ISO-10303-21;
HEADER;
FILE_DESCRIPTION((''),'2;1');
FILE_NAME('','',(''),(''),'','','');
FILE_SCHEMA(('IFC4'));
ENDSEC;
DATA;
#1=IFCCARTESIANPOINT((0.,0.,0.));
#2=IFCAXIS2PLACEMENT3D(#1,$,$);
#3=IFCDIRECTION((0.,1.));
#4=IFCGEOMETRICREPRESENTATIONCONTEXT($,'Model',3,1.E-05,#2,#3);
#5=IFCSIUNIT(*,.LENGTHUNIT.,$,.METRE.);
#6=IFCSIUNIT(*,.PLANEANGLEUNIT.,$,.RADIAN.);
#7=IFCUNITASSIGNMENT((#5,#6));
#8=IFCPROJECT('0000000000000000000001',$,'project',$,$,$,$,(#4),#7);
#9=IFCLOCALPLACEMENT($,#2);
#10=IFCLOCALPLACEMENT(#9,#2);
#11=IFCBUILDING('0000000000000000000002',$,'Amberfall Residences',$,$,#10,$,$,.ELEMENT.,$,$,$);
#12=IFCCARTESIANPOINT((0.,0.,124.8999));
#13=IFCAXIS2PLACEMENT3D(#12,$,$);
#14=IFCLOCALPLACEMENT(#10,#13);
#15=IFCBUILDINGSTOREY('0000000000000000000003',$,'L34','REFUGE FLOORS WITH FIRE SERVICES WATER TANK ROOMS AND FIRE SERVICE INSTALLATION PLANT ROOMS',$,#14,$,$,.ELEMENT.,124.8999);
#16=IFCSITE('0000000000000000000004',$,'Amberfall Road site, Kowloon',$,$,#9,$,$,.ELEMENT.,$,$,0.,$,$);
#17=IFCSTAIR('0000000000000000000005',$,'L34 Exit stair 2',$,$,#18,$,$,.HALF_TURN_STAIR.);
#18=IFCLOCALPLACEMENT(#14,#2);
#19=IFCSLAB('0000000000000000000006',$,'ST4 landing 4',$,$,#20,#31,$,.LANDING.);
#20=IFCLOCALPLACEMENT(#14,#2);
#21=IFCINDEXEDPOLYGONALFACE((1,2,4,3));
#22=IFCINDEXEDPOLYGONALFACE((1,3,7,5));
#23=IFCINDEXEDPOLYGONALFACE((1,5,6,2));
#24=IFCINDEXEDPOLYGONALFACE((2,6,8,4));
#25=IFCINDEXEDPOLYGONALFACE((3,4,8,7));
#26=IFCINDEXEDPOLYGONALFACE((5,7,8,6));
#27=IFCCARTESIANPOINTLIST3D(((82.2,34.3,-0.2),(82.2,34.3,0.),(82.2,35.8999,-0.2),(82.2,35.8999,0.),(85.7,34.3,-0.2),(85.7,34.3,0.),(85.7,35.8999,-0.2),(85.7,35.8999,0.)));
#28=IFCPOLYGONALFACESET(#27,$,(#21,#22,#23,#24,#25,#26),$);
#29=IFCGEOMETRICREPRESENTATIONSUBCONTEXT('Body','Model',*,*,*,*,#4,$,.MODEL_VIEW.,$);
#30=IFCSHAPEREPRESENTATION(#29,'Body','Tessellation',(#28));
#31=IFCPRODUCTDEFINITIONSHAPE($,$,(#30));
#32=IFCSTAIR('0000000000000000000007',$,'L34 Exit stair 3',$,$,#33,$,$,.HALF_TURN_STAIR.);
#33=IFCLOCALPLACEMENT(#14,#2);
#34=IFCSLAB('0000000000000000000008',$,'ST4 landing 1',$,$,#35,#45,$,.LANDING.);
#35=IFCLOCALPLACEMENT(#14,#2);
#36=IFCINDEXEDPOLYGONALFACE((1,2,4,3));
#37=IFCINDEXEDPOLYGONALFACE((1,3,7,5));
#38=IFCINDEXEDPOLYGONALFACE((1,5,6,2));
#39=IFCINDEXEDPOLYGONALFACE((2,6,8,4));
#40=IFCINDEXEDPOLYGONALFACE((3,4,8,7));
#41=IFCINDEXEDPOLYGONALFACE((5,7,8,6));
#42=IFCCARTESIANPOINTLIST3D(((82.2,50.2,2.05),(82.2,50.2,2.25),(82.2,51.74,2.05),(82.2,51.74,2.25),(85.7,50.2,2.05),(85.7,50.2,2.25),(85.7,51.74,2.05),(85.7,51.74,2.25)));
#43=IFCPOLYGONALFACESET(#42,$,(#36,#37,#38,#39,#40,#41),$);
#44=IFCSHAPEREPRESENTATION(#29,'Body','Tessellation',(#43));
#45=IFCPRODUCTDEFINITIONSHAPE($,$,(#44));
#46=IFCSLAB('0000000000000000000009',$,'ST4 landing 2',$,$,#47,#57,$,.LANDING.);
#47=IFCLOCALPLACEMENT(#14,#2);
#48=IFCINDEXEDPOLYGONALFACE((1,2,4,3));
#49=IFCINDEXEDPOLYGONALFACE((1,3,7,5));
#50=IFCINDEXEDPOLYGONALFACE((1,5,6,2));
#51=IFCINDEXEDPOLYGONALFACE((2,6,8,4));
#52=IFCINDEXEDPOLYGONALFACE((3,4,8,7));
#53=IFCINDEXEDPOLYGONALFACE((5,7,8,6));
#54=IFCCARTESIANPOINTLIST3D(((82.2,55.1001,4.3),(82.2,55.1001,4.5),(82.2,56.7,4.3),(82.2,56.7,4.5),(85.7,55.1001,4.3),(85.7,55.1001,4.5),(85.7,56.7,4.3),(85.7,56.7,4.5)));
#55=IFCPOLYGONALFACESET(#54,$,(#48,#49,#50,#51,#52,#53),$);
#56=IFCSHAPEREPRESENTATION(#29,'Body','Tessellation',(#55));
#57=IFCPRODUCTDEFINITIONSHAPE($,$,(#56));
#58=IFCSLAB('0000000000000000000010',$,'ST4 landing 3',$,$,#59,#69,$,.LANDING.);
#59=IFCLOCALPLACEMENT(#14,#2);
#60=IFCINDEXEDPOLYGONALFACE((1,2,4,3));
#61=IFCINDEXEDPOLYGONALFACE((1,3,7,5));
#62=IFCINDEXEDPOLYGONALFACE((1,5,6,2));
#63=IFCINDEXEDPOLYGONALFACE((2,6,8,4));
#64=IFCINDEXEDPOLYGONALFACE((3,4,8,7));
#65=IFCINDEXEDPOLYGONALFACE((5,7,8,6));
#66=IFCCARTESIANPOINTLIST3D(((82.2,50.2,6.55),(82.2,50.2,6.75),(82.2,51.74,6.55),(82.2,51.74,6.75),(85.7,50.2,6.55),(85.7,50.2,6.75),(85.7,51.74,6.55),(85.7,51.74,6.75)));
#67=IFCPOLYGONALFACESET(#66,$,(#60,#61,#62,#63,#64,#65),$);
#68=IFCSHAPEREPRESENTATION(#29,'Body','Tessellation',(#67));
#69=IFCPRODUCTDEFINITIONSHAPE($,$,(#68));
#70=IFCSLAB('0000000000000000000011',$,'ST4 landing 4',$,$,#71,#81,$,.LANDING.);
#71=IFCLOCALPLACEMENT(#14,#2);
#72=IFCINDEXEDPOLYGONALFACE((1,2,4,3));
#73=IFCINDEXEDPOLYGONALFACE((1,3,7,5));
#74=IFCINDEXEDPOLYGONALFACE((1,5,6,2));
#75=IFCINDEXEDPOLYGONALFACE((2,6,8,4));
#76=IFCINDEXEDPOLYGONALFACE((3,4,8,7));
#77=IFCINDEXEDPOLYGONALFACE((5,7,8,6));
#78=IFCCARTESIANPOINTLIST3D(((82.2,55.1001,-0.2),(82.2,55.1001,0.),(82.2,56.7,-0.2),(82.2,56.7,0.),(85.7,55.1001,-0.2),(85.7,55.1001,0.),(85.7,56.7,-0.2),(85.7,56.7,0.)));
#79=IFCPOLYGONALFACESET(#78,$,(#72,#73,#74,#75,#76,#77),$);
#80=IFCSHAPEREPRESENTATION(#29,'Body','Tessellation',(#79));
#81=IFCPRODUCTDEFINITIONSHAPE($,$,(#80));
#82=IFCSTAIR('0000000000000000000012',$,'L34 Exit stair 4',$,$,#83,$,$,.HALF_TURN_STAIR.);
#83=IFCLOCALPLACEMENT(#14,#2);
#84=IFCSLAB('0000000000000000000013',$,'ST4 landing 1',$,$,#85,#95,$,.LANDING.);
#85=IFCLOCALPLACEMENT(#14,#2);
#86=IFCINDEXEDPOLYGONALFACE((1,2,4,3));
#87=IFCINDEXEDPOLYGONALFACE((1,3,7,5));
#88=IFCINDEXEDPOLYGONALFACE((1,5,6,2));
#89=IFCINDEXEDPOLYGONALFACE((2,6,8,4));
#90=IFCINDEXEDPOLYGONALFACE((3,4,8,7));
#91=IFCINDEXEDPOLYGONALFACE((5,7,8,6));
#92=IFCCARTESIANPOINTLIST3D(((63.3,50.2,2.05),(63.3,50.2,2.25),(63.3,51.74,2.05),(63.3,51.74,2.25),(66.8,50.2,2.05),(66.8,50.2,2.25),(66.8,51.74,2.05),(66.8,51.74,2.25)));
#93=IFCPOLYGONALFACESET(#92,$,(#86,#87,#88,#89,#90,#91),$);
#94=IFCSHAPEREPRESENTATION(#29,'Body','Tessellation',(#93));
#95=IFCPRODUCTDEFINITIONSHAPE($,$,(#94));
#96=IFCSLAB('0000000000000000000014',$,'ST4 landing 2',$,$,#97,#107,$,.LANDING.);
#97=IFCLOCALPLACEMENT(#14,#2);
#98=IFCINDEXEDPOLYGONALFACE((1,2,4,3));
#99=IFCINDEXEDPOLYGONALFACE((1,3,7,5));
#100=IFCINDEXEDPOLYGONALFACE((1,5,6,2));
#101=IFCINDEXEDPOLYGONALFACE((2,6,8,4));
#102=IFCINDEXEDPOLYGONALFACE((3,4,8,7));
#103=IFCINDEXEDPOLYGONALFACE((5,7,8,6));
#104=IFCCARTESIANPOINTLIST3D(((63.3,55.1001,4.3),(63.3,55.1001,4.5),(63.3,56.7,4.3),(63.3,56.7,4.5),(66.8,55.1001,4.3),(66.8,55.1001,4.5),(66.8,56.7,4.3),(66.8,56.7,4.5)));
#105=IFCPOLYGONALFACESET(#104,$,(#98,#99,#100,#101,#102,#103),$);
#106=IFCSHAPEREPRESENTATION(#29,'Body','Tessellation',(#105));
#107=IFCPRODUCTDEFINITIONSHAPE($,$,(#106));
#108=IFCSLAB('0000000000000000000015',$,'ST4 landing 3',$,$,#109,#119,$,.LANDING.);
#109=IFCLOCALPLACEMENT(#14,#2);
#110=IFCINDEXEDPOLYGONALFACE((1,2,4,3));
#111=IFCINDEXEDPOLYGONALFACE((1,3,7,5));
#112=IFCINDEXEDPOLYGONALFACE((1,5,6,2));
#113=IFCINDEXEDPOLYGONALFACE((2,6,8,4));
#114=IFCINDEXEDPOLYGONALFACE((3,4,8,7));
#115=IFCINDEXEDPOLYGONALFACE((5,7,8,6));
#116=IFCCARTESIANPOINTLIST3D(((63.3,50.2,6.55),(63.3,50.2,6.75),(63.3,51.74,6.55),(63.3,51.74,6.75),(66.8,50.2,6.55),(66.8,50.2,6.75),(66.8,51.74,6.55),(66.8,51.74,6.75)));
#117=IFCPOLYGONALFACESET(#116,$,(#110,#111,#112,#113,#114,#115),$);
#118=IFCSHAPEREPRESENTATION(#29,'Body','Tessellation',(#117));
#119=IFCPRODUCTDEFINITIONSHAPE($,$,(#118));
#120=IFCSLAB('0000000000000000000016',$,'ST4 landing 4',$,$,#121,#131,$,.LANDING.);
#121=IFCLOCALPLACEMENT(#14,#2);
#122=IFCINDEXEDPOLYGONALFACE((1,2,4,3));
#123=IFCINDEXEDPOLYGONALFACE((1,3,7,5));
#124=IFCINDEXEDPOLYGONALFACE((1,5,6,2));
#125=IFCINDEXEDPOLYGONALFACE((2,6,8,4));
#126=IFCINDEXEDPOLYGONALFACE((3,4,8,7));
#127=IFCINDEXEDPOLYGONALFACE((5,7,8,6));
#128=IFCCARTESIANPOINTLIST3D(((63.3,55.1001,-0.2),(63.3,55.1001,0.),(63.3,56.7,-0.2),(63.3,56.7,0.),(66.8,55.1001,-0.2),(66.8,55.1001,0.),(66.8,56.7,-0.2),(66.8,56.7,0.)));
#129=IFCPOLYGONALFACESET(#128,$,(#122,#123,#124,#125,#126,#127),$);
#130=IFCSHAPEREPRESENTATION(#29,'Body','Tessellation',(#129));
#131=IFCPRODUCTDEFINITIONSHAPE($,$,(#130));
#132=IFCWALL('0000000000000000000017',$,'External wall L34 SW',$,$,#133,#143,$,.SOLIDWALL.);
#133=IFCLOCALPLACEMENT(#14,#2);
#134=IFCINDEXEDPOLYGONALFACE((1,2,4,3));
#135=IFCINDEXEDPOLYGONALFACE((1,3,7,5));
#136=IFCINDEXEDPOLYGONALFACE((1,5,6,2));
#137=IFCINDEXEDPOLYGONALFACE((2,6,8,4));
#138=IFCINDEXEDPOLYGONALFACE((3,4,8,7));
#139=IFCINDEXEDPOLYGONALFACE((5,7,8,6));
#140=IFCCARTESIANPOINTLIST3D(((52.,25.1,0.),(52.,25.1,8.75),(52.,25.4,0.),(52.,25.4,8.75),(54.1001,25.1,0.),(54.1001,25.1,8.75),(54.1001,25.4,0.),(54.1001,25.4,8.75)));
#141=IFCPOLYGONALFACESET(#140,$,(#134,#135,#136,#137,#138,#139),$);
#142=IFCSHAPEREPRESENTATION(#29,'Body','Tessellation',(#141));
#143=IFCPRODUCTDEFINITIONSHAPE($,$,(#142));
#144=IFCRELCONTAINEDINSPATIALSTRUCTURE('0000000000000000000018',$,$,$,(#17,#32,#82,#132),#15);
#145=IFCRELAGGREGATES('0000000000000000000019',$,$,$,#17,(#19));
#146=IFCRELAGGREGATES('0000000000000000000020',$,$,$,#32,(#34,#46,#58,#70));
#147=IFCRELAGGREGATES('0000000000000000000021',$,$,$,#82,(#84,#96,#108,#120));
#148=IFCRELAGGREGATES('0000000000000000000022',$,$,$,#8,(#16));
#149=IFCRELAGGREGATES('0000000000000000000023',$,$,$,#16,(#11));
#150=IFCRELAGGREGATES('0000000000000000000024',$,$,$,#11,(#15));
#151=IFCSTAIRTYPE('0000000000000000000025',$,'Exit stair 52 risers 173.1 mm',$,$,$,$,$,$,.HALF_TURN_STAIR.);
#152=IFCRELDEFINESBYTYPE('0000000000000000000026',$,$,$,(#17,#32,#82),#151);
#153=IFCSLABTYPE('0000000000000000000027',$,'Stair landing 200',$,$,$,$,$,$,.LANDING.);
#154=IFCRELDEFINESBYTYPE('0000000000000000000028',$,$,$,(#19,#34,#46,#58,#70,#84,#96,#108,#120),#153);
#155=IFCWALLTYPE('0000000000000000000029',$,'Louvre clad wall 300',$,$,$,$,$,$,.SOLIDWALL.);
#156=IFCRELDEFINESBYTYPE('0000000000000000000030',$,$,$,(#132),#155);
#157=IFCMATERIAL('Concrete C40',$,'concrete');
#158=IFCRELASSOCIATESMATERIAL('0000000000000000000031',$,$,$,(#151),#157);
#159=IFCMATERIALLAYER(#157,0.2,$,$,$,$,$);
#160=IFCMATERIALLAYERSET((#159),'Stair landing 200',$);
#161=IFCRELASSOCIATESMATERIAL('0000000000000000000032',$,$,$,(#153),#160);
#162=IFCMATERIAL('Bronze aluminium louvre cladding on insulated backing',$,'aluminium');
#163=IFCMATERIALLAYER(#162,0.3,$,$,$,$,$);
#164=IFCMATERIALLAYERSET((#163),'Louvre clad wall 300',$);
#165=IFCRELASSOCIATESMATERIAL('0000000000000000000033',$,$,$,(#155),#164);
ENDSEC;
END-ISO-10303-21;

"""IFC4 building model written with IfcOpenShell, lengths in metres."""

from ifc_helpers import new_model, si_unit, direction, frame, frame_2d, origin, place, context, subcontext, project, spatial, polyline, rectangle, outline, extrude, material, layer, layer_set, type_object, element, aggregate, save


model = new_model("IFC4")

# Units and contexts
model_context = context("Model", 3, precision=1e-05, world=origin(), true_north=direction((0.0, 1.0)))
body_context = subcontext(model_context, "Body", "Model", "MODEL_VIEW")
ifc_project = project(units=[si_unit("LENGTHUNIT", "METRE"), si_unit("PLANEANGLEUNIT", "RADIAN")], contexts=[model_context])

# Site, building, storey
site_placement = place(None, origin())
site = spatial("IfcSite", under=ifc_project, at=site_placement, Name="Amberfall Road site, Kowloon", CompositionType="ELEMENT", RefElevation=0.0)
building_placement = place(site_placement, origin())
building = spatial("IfcBuilding", under=site, at=building_placement, Name="Amberfall Residences", CompositionType="ELEMENT")
storey_placement = place(building_placement, frame((0.0, 0.0, 124.8999)))
storey = spatial("IfcBuildingStorey", under=building, at=storey_placement, Name="L34", Description="REFUGE FLOORS WITH FIRE SERVICES WATER TANK ROOMS AND FIRE SERVICE INSTALLATION PLANT ROOMS", CompositionType="ELEMENT", Elevation=124.8999)

# Stairs, slabs
ifc_material_1 = material(Name="Concrete C40", Category="concrete")
stair_type = type_object("IfcStairType", Name="Exit stair 52 risers 173.1 mm", PredefinedType="HALF_TURN_STAIR", material=ifc_material_1)
ifc_layer_1 = layer(ifc_material_1, 0.2)
ifc_layer_set_1 = layer_set([ifc_layer_1], Name="Stair landing 200")
slab_type_1 = type_object("IfcSlabType", Name="Stair landing 200", PredefinedType="LANDING", material=ifc_layer_set_1)
stair_1_placement = place(storey_placement, origin())
stair_1 = element("IfcStair", 1, at=stair_1_placement, inside=storey, type_object=stair_type, Name="L34 Exit stair 2", PredefinedType="HALF_TURN_STAIR")
slab_1_placement = place(storey_placement, frame((0.0, 0.0, -0.2)))
slab_1 = element("IfcSlab", 2, at=slab_1_placement, type_object=slab_type_1, Name="ST4 landing 4", PredefinedType="LANDING", context=body_context, shape_type="SweptSolid", body=[
    extrude(outline(polyline([(85.7, 34.3), (85.7, 35.8999), (82.2, 35.8999), (82.2, 34.3), (85.7, 34.3)])), origin(), (0.0, 0.0, 1.0), 0.2),
])
aggregate(stair_1, [slab_1])
stair_2_placement = place(storey_placement, origin())
stair_2 = element("IfcStair", 3, at=stair_2_placement, inside=storey, type_object=stair_type, Name="L34 Exit stair 3", PredefinedType="HALF_TURN_STAIR")
slab_2_placement = place(storey_placement, frame((0.0, 0.0, 2.05)))
slab_2 = element("IfcSlab", 4, at=slab_2_placement, type_object=slab_type_1, Name="ST4 landing 1", PredefinedType="LANDING", context=body_context, shape_type="SweptSolid", body=[
    extrude(outline(polyline([(82.2, 51.74), (82.2, 50.2), (85.7, 50.2), (85.7, 51.74), (82.2, 51.74)])), origin(), (0.0, 0.0, 1.0), 0.2),
])
slab_3_placement = place(storey_placement, frame((0.0, 0.0, 4.3)))
slab_3 = element("IfcSlab", 5, at=slab_3_placement, type_object=slab_type_1, Name="ST4 landing 2", PredefinedType="LANDING", context=body_context, shape_type="SweptSolid", body=[
    extrude(outline(polyline([(82.2, 56.7), (82.2, 55.1001), (85.7, 55.1001), (85.7, 56.7), (82.2, 56.7)])), origin(), (0.0, 0.0, 1.0), 0.2),
])
slab_4_placement = place(storey_placement, frame((0.0, 0.0, 6.55)))
slab_4 = element("IfcSlab", 6, at=slab_4_placement, type_object=slab_type_1, Name="ST4 landing 3", PredefinedType="LANDING", context=body_context, shape_type="SweptSolid", body=[
    extrude(outline(polyline([(82.2, 51.74), (82.2, 50.2), (85.7, 50.2), (85.7, 51.74), (82.2, 51.74)])), origin(), (0.0, 0.0, 1.0), 0.2),
])
slab_5_placement = place(storey_placement, frame((0.0, 0.0, -0.2)))
slab_5 = element("IfcSlab", 7, at=slab_5_placement, type_object=slab_type_1, Name="ST4 landing 4", PredefinedType="LANDING", context=body_context, shape_type="SweptSolid", body=[
    extrude(outline(polyline([(82.2, 56.7), (82.2, 55.1001), (85.7, 55.1001), (85.7, 56.7), (82.2, 56.7)])), origin(), (0.0, 0.0, 1.0), 0.2),
])
aggregate(stair_2, [slab_2, slab_3, slab_4, slab_5])
stair_3_placement = place(storey_placement, origin())
stair_3 = element("IfcStair", 8, at=stair_3_placement, inside=storey, type_object=stair_type, Name="L34 Exit stair 4", PredefinedType="HALF_TURN_STAIR")
slab_6_placement = place(storey_placement, frame((0.0, 0.0, 2.05)))
slab_6 = element("IfcSlab", 9, at=slab_6_placement, type_object=slab_type_1, Name="ST4 landing 1", PredefinedType="LANDING", context=body_context, shape_type="SweptSolid", body=[
    extrude(outline(polyline([(63.3, 51.74), (63.3, 50.2), (66.8, 50.2), (66.8, 51.74), (63.3, 51.74)])), origin(), (0.0, 0.0, 1.0), 0.2),
])
slab_7_placement = place(storey_placement, frame((0.0, 0.0, 4.3)))
slab_7 = element("IfcSlab", 10, at=slab_7_placement, type_object=slab_type_1, Name="ST4 landing 2", PredefinedType="LANDING", context=body_context, shape_type="SweptSolid", body=[
    extrude(outline(polyline([(63.3, 56.7), (63.3, 55.1001), (66.8, 55.1001), (66.8, 56.7), (63.3, 56.7)])), origin(), (0.0, 0.0, 1.0), 0.2),
])
slab_8_placement = place(storey_placement, frame((0.0, 0.0, 6.55)))
slab_8 = element("IfcSlab", 11, at=slab_8_placement, type_object=slab_type_1, Name="ST4 landing 3", PredefinedType="LANDING", context=body_context, shape_type="SweptSolid", body=[
    extrude(outline(polyline([(63.3, 51.74), (63.3, 50.2), (66.8, 50.2), (66.8, 51.74), (63.3, 51.74)])), origin(), (0.0, 0.0, 1.0), 0.2),
])
slab_9_placement = place(storey_placement, frame((0.0, 0.0, -0.2)))
slab_9 = element("IfcSlab", 12, at=slab_9_placement, type_object=slab_type_1, Name="ST4 landing 4", PredefinedType="LANDING", context=body_context, shape_type="SweptSolid", body=[
    extrude(outline(polyline([(63.3, 56.7), (63.3, 55.1001), (66.8, 55.1001), (66.8, 56.7), (63.3, 56.7)])), origin(), (0.0, 0.0, 1.0), 0.2),
])
aggregate(stair_3, [slab_6, slab_7, slab_8, slab_9])

# Wall
ifc_material_2 = material(Name="Bronze aluminium louvre cladding on insulated backing", Category="aluminium")
ifc_layer_2 = layer(ifc_material_2, 0.3)
ifc_layer_set_2 = layer_set([ifc_layer_2], Name="Louvre clad wall 300")
wall_type = type_object("IfcWallType", Name="Louvre clad wall 300", PredefinedType="SOLIDWALL", material=ifc_layer_set_2)
wall_placement = place(storey_placement, frame((52.0, 25.25, 0.0), z_axis=(0.0, 0.0, 1.0), x_axis=(1.0, 0.0, 0.0)))
element("IfcWall", 13, at=wall_placement, inside=storey, type_object=wall_type, Name="External wall L34 SW", PredefinedType="SOLIDWALL", context=body_context, shape_type="SweptSolid", body=[
    extrude(rectangle(XDim=2.1001, YDim=0.3, at=frame_2d((1.05, 0.0))), origin(), (0.0, 0.0, 1.0), 8.75),
])

save(model, "model.ifc")
